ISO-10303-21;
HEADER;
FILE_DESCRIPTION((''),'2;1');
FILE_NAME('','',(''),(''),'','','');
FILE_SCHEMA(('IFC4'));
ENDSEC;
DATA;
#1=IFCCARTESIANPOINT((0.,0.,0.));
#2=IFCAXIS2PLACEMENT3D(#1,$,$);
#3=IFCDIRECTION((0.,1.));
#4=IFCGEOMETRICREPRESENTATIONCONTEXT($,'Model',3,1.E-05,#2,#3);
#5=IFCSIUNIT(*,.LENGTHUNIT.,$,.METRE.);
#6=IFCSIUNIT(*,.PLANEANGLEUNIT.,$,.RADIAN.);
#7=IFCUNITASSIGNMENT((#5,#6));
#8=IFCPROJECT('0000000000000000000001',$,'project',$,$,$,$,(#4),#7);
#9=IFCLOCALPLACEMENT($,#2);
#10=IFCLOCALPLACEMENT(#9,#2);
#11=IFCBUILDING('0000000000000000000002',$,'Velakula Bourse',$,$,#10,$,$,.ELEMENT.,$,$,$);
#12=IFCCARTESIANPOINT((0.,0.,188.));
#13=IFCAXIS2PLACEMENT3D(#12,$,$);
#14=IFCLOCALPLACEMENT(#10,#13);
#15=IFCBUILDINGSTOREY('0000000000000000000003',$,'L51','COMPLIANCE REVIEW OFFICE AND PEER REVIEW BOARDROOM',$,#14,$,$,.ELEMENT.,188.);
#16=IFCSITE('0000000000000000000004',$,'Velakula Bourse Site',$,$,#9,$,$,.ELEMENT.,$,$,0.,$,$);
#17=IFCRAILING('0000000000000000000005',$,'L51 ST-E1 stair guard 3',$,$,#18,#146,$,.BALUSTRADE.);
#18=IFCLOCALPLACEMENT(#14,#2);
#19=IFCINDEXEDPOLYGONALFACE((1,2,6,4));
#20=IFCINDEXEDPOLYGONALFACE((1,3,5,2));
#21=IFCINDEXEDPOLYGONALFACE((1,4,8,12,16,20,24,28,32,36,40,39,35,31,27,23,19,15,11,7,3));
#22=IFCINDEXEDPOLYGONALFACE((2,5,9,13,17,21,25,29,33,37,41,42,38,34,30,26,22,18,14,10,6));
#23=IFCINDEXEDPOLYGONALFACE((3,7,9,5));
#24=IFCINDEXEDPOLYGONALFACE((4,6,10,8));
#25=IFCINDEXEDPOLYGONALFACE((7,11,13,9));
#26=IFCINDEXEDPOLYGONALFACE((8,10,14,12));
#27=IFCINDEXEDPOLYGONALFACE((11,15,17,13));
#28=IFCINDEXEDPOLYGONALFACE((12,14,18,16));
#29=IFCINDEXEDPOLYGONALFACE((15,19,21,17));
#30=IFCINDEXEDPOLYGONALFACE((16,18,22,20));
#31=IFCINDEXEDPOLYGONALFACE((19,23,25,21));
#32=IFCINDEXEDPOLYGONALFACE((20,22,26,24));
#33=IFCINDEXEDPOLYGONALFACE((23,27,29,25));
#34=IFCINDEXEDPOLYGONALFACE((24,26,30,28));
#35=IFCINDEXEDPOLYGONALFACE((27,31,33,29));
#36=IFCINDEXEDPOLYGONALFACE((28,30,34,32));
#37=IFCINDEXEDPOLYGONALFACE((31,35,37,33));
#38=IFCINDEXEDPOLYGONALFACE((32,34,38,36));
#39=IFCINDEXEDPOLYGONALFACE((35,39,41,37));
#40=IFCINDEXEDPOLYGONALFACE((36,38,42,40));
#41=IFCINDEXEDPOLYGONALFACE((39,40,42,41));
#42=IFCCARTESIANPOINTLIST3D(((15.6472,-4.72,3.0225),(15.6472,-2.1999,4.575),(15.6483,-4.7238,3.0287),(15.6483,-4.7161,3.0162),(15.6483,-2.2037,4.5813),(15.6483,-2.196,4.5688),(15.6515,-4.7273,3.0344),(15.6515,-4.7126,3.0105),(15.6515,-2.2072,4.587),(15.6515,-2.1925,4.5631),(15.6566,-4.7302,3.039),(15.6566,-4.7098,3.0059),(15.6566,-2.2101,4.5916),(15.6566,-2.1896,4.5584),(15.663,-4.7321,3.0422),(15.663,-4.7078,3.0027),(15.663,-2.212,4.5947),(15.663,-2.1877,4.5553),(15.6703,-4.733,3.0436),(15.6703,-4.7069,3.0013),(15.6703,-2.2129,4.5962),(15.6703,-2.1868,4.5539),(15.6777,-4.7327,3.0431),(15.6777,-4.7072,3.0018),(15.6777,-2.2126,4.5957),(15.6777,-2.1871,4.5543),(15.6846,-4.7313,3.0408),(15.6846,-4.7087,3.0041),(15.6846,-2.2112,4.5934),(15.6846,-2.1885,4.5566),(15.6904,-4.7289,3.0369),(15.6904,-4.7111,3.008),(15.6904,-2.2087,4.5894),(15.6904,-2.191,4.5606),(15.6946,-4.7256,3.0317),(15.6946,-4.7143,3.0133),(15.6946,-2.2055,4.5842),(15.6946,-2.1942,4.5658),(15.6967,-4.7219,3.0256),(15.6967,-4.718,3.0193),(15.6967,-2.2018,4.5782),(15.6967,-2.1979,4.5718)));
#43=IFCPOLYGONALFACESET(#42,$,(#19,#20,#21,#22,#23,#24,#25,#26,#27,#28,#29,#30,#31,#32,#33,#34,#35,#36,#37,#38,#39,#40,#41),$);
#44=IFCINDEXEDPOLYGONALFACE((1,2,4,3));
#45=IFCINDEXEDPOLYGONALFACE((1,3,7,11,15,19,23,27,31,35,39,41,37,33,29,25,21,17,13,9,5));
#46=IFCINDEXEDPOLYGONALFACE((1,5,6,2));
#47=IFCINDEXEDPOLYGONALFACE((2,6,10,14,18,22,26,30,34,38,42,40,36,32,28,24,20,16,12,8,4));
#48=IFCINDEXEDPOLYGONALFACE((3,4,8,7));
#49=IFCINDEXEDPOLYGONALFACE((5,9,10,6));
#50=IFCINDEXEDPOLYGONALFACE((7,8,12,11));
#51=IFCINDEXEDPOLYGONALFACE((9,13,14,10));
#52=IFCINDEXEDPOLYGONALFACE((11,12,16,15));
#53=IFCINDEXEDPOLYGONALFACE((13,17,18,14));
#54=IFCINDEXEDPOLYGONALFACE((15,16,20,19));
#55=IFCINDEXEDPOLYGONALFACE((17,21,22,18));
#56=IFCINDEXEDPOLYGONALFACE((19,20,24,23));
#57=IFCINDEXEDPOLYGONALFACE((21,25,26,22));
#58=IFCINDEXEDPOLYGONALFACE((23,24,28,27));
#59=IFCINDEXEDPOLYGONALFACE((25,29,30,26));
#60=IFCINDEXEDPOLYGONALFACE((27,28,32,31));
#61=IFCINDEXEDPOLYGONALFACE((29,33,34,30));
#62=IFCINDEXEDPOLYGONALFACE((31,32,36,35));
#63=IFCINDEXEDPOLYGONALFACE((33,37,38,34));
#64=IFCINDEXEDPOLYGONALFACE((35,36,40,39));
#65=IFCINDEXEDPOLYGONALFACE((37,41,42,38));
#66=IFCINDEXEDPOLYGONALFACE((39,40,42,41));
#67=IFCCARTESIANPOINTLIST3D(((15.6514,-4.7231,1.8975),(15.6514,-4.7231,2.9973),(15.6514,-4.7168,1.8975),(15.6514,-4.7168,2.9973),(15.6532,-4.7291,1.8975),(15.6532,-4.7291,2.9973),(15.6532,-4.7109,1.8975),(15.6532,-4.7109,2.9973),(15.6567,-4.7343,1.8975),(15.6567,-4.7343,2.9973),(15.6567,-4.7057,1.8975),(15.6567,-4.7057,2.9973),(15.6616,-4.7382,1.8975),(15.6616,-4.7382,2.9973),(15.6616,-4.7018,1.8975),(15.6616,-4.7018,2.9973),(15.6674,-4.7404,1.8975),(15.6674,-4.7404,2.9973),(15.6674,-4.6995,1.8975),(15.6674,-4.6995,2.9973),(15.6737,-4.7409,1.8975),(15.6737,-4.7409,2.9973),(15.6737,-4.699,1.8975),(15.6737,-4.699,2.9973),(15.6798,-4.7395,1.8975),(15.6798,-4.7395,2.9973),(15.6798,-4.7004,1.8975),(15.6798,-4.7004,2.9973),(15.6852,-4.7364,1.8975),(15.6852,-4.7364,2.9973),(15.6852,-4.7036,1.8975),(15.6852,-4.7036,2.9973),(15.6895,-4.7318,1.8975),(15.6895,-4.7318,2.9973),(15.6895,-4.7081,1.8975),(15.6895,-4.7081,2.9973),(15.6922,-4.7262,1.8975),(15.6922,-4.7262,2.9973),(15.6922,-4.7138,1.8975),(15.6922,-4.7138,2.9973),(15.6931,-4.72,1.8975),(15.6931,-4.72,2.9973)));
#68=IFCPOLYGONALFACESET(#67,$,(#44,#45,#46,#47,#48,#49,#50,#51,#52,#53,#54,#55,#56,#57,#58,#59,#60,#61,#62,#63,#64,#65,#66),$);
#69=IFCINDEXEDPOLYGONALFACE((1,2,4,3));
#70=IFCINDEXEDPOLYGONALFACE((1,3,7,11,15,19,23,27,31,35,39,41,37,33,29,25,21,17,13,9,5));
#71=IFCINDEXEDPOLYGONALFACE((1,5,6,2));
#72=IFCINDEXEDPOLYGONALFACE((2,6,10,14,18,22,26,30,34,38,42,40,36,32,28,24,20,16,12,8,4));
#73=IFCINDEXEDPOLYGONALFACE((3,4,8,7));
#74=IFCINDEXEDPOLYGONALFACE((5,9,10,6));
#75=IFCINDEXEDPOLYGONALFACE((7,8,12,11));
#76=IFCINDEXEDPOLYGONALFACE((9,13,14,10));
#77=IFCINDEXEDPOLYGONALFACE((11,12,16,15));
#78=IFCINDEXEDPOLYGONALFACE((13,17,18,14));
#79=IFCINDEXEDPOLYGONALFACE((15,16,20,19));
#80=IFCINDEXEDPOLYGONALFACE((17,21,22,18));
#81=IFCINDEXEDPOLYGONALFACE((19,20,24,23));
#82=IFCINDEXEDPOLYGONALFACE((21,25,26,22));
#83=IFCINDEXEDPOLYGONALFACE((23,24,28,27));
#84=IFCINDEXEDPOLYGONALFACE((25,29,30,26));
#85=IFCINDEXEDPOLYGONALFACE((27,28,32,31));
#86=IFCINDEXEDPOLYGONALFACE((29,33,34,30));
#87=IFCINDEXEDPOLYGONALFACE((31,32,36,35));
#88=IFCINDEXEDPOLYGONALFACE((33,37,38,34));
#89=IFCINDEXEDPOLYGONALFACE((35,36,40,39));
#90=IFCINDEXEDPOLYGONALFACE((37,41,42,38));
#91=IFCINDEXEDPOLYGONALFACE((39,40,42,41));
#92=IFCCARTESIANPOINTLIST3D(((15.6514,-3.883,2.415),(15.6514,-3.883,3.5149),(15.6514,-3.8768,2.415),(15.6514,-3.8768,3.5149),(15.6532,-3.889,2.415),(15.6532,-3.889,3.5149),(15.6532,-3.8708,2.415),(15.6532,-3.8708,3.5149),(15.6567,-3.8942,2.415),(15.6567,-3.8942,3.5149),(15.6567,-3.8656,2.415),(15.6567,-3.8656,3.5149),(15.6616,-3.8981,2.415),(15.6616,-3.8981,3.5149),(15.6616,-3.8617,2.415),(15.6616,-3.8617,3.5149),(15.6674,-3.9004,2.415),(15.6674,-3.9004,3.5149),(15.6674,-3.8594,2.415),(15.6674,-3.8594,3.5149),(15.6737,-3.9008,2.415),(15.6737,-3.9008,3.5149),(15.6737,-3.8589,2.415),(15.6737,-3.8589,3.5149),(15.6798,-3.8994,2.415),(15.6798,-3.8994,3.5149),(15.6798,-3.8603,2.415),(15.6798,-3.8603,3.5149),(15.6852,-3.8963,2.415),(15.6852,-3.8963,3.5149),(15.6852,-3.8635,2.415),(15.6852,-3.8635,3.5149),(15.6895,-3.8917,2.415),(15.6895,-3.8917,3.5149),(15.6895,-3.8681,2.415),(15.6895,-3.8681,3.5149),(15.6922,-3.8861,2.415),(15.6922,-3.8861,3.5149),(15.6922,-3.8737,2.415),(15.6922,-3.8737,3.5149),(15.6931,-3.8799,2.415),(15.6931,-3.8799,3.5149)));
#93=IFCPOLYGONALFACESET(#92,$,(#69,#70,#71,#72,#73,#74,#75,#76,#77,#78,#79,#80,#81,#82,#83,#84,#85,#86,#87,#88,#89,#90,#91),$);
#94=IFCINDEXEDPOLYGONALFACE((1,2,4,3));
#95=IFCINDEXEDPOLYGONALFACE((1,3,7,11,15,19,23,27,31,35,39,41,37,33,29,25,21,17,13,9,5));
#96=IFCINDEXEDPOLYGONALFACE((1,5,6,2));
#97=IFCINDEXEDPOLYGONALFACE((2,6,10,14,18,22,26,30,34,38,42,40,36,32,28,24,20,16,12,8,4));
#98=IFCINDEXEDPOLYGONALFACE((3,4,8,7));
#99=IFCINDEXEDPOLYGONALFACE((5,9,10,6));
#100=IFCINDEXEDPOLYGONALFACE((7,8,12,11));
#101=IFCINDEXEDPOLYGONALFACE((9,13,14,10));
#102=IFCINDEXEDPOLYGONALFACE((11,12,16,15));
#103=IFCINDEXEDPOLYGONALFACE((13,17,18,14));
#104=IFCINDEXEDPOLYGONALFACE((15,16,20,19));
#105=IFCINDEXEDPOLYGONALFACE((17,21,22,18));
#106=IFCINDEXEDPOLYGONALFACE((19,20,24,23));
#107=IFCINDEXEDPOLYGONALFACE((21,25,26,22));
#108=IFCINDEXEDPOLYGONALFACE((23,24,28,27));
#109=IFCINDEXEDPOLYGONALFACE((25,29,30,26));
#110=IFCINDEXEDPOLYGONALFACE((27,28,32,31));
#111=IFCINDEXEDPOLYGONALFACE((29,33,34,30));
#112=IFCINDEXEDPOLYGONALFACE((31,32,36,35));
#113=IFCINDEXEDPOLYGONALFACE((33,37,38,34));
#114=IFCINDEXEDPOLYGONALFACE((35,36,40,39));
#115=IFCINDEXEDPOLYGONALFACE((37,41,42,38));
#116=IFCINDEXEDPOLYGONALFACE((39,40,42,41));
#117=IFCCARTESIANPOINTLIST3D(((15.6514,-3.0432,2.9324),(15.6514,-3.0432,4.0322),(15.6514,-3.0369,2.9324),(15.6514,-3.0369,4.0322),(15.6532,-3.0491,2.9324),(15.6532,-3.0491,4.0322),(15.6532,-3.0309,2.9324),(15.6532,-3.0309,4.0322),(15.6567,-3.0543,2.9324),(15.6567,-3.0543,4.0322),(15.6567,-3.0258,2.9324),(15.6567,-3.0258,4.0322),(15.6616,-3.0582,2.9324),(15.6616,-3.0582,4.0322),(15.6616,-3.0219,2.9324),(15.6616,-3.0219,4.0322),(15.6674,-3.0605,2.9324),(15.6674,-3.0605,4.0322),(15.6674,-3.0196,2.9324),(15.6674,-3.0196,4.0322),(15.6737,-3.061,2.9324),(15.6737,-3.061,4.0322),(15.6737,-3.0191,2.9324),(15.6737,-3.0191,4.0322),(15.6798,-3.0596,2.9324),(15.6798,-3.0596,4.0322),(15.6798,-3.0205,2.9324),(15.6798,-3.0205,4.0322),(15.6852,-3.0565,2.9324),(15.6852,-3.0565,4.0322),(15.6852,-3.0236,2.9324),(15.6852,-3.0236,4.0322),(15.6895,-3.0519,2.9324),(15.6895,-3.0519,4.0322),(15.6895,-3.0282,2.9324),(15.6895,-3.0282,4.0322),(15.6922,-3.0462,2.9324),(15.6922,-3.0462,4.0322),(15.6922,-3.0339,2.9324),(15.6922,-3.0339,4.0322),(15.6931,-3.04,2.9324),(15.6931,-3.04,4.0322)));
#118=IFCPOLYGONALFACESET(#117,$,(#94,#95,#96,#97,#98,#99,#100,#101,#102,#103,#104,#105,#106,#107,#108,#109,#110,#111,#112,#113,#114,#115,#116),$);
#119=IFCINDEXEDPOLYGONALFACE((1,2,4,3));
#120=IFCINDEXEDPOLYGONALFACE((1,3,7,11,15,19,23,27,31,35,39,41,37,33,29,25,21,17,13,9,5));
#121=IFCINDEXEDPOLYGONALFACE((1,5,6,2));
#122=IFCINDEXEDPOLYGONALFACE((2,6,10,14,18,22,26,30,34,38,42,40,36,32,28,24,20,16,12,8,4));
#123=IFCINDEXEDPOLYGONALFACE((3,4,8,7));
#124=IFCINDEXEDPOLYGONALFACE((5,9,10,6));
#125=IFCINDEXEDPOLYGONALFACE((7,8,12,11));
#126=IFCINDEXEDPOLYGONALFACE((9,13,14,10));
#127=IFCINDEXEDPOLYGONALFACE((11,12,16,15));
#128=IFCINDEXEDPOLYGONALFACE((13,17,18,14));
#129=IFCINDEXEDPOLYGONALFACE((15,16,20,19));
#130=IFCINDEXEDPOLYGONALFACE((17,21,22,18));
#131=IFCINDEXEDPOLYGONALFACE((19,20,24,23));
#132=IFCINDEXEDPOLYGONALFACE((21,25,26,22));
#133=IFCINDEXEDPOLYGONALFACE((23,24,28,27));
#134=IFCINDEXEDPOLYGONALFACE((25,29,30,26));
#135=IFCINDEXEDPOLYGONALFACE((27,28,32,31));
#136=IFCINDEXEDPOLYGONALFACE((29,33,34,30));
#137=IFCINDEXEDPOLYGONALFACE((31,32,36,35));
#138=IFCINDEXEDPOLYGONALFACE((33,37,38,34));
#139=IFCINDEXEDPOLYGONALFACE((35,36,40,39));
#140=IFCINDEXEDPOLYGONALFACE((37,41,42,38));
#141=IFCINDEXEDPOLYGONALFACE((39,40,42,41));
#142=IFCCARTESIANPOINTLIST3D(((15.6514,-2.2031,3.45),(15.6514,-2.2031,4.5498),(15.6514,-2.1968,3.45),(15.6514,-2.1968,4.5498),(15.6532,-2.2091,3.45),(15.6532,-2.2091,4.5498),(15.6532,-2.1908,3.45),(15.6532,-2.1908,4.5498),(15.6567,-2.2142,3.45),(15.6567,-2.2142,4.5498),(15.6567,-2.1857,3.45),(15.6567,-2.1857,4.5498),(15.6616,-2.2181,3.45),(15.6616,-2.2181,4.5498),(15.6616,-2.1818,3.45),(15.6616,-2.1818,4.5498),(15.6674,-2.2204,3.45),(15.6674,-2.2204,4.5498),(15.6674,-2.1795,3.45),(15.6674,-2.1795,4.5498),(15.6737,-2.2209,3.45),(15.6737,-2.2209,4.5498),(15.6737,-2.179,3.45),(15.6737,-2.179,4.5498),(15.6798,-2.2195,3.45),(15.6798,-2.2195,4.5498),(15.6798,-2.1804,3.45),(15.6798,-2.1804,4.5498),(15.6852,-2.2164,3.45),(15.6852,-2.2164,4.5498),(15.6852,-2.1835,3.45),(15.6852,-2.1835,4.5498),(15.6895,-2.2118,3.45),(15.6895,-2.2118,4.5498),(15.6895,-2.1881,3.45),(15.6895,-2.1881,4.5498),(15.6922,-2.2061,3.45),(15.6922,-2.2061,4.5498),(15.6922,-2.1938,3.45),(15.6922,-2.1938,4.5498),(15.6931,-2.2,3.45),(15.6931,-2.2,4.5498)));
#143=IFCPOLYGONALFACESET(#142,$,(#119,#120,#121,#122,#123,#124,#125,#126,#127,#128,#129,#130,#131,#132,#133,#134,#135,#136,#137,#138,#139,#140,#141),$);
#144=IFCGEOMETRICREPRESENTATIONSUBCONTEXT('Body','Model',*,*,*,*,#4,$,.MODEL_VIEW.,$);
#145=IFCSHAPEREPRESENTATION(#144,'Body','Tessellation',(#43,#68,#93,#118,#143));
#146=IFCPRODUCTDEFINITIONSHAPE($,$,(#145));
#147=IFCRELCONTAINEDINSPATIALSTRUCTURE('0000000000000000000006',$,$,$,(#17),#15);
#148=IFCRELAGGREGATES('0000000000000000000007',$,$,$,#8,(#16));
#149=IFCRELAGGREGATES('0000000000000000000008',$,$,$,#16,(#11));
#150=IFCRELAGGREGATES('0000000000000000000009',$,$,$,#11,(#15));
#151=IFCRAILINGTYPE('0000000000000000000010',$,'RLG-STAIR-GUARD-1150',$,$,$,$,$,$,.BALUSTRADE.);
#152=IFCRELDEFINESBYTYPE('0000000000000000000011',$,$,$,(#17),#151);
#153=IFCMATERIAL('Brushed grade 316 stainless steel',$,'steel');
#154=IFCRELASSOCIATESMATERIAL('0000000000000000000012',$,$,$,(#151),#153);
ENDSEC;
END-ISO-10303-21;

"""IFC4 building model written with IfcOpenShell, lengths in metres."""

from ifc_helpers import new_model, si_unit, direction, frame, origin, origin_2d, place, context, subcontext, project, spatial, circle, extrude, material, type_object, element, save


model = new_model("IFC4")

# Units and contexts
model_context = context("Model", 3, precision=1e-05, world=origin(), true_north=direction((0.0, 1.0)))
body_context = subcontext(model_context, "Body", "Model", "MODEL_VIEW")
ifc_project = project(units=[si_unit("LENGTHUNIT", "METRE"), si_unit("PLANEANGLEUNIT", "RADIAN")], contexts=[model_context])

# Site, building, storey
site_placement = place(None, origin())
site = spatial("IfcSite", under=ifc_project, at=site_placement, Name="Velakula Bourse Site", CompositionType="ELEMENT", RefElevation=0.0)
building_placement = place(site_placement, origin())
building = spatial("IfcBuilding", under=site, at=building_placement, Name="Velakula Bourse", CompositionType="ELEMENT")
storey_placement = place(building_placement, frame((0.0, 0.0, 188.0)))
storey = spatial("IfcBuildingStorey", under=building, at=storey_placement, Name="L51", Description="COMPLIANCE REVIEW OFFICE AND PEER REVIEW BOARDROOM", CompositionType="ELEMENT", Elevation=188.0)

# Shared definitions
ifc_material_1 = material(Name="Brushed grade 316 stainless steel", Category="steel")

# Railing
railing_type_1 = type_object("IfcRailingType", Name="RLG-STAIR-GUARD-1150", PredefinedType="BALUSTRADE", material=ifc_material_1)
railing_1_placement = place(storey_placement, frame((15.6721, -4.72, 1.8975)))
element("IfcRailing", 1, at=railing_1_placement, inside=storey, type_object=railing_type_1, Name="L51 ST-E1 stair guard 3", PredefinedType="BALUSTRADE", context=body_context, shape_type="SweptSolid", body=[
    extrude(circle(Radius=0.0249, at=origin_2d()), frame((0.0, 0.0, 1.125), z_axis=(0.0, 0.8514, 0.524516), x_axis=(-1.0, 0.0, 0.0)), (0.0, 0.0, 1.0), 2.96),
    extrude(circle(Radius=0.021, at=origin_2d()), origin(), (0.0, 0.0, 1.0), 1.0999),
    extrude(circle(Radius=0.021, at=origin_2d()), frame((0.0, 0.8401, 0.5176)), (0.0, 0.0, 1.0), 1.0999),
    extrude(circle(Radius=0.021, at=origin_2d()), frame((0.0, 1.6799, 1.0349)), (0.0, 0.0, 1.0), 1.0999),
    extrude(circle(Radius=0.021, at=origin_2d()), frame((0.0, 2.52, 1.5525)), (0.0, 0.0, 1.0), 1.0999),
])

save(model, "model.ifc")
